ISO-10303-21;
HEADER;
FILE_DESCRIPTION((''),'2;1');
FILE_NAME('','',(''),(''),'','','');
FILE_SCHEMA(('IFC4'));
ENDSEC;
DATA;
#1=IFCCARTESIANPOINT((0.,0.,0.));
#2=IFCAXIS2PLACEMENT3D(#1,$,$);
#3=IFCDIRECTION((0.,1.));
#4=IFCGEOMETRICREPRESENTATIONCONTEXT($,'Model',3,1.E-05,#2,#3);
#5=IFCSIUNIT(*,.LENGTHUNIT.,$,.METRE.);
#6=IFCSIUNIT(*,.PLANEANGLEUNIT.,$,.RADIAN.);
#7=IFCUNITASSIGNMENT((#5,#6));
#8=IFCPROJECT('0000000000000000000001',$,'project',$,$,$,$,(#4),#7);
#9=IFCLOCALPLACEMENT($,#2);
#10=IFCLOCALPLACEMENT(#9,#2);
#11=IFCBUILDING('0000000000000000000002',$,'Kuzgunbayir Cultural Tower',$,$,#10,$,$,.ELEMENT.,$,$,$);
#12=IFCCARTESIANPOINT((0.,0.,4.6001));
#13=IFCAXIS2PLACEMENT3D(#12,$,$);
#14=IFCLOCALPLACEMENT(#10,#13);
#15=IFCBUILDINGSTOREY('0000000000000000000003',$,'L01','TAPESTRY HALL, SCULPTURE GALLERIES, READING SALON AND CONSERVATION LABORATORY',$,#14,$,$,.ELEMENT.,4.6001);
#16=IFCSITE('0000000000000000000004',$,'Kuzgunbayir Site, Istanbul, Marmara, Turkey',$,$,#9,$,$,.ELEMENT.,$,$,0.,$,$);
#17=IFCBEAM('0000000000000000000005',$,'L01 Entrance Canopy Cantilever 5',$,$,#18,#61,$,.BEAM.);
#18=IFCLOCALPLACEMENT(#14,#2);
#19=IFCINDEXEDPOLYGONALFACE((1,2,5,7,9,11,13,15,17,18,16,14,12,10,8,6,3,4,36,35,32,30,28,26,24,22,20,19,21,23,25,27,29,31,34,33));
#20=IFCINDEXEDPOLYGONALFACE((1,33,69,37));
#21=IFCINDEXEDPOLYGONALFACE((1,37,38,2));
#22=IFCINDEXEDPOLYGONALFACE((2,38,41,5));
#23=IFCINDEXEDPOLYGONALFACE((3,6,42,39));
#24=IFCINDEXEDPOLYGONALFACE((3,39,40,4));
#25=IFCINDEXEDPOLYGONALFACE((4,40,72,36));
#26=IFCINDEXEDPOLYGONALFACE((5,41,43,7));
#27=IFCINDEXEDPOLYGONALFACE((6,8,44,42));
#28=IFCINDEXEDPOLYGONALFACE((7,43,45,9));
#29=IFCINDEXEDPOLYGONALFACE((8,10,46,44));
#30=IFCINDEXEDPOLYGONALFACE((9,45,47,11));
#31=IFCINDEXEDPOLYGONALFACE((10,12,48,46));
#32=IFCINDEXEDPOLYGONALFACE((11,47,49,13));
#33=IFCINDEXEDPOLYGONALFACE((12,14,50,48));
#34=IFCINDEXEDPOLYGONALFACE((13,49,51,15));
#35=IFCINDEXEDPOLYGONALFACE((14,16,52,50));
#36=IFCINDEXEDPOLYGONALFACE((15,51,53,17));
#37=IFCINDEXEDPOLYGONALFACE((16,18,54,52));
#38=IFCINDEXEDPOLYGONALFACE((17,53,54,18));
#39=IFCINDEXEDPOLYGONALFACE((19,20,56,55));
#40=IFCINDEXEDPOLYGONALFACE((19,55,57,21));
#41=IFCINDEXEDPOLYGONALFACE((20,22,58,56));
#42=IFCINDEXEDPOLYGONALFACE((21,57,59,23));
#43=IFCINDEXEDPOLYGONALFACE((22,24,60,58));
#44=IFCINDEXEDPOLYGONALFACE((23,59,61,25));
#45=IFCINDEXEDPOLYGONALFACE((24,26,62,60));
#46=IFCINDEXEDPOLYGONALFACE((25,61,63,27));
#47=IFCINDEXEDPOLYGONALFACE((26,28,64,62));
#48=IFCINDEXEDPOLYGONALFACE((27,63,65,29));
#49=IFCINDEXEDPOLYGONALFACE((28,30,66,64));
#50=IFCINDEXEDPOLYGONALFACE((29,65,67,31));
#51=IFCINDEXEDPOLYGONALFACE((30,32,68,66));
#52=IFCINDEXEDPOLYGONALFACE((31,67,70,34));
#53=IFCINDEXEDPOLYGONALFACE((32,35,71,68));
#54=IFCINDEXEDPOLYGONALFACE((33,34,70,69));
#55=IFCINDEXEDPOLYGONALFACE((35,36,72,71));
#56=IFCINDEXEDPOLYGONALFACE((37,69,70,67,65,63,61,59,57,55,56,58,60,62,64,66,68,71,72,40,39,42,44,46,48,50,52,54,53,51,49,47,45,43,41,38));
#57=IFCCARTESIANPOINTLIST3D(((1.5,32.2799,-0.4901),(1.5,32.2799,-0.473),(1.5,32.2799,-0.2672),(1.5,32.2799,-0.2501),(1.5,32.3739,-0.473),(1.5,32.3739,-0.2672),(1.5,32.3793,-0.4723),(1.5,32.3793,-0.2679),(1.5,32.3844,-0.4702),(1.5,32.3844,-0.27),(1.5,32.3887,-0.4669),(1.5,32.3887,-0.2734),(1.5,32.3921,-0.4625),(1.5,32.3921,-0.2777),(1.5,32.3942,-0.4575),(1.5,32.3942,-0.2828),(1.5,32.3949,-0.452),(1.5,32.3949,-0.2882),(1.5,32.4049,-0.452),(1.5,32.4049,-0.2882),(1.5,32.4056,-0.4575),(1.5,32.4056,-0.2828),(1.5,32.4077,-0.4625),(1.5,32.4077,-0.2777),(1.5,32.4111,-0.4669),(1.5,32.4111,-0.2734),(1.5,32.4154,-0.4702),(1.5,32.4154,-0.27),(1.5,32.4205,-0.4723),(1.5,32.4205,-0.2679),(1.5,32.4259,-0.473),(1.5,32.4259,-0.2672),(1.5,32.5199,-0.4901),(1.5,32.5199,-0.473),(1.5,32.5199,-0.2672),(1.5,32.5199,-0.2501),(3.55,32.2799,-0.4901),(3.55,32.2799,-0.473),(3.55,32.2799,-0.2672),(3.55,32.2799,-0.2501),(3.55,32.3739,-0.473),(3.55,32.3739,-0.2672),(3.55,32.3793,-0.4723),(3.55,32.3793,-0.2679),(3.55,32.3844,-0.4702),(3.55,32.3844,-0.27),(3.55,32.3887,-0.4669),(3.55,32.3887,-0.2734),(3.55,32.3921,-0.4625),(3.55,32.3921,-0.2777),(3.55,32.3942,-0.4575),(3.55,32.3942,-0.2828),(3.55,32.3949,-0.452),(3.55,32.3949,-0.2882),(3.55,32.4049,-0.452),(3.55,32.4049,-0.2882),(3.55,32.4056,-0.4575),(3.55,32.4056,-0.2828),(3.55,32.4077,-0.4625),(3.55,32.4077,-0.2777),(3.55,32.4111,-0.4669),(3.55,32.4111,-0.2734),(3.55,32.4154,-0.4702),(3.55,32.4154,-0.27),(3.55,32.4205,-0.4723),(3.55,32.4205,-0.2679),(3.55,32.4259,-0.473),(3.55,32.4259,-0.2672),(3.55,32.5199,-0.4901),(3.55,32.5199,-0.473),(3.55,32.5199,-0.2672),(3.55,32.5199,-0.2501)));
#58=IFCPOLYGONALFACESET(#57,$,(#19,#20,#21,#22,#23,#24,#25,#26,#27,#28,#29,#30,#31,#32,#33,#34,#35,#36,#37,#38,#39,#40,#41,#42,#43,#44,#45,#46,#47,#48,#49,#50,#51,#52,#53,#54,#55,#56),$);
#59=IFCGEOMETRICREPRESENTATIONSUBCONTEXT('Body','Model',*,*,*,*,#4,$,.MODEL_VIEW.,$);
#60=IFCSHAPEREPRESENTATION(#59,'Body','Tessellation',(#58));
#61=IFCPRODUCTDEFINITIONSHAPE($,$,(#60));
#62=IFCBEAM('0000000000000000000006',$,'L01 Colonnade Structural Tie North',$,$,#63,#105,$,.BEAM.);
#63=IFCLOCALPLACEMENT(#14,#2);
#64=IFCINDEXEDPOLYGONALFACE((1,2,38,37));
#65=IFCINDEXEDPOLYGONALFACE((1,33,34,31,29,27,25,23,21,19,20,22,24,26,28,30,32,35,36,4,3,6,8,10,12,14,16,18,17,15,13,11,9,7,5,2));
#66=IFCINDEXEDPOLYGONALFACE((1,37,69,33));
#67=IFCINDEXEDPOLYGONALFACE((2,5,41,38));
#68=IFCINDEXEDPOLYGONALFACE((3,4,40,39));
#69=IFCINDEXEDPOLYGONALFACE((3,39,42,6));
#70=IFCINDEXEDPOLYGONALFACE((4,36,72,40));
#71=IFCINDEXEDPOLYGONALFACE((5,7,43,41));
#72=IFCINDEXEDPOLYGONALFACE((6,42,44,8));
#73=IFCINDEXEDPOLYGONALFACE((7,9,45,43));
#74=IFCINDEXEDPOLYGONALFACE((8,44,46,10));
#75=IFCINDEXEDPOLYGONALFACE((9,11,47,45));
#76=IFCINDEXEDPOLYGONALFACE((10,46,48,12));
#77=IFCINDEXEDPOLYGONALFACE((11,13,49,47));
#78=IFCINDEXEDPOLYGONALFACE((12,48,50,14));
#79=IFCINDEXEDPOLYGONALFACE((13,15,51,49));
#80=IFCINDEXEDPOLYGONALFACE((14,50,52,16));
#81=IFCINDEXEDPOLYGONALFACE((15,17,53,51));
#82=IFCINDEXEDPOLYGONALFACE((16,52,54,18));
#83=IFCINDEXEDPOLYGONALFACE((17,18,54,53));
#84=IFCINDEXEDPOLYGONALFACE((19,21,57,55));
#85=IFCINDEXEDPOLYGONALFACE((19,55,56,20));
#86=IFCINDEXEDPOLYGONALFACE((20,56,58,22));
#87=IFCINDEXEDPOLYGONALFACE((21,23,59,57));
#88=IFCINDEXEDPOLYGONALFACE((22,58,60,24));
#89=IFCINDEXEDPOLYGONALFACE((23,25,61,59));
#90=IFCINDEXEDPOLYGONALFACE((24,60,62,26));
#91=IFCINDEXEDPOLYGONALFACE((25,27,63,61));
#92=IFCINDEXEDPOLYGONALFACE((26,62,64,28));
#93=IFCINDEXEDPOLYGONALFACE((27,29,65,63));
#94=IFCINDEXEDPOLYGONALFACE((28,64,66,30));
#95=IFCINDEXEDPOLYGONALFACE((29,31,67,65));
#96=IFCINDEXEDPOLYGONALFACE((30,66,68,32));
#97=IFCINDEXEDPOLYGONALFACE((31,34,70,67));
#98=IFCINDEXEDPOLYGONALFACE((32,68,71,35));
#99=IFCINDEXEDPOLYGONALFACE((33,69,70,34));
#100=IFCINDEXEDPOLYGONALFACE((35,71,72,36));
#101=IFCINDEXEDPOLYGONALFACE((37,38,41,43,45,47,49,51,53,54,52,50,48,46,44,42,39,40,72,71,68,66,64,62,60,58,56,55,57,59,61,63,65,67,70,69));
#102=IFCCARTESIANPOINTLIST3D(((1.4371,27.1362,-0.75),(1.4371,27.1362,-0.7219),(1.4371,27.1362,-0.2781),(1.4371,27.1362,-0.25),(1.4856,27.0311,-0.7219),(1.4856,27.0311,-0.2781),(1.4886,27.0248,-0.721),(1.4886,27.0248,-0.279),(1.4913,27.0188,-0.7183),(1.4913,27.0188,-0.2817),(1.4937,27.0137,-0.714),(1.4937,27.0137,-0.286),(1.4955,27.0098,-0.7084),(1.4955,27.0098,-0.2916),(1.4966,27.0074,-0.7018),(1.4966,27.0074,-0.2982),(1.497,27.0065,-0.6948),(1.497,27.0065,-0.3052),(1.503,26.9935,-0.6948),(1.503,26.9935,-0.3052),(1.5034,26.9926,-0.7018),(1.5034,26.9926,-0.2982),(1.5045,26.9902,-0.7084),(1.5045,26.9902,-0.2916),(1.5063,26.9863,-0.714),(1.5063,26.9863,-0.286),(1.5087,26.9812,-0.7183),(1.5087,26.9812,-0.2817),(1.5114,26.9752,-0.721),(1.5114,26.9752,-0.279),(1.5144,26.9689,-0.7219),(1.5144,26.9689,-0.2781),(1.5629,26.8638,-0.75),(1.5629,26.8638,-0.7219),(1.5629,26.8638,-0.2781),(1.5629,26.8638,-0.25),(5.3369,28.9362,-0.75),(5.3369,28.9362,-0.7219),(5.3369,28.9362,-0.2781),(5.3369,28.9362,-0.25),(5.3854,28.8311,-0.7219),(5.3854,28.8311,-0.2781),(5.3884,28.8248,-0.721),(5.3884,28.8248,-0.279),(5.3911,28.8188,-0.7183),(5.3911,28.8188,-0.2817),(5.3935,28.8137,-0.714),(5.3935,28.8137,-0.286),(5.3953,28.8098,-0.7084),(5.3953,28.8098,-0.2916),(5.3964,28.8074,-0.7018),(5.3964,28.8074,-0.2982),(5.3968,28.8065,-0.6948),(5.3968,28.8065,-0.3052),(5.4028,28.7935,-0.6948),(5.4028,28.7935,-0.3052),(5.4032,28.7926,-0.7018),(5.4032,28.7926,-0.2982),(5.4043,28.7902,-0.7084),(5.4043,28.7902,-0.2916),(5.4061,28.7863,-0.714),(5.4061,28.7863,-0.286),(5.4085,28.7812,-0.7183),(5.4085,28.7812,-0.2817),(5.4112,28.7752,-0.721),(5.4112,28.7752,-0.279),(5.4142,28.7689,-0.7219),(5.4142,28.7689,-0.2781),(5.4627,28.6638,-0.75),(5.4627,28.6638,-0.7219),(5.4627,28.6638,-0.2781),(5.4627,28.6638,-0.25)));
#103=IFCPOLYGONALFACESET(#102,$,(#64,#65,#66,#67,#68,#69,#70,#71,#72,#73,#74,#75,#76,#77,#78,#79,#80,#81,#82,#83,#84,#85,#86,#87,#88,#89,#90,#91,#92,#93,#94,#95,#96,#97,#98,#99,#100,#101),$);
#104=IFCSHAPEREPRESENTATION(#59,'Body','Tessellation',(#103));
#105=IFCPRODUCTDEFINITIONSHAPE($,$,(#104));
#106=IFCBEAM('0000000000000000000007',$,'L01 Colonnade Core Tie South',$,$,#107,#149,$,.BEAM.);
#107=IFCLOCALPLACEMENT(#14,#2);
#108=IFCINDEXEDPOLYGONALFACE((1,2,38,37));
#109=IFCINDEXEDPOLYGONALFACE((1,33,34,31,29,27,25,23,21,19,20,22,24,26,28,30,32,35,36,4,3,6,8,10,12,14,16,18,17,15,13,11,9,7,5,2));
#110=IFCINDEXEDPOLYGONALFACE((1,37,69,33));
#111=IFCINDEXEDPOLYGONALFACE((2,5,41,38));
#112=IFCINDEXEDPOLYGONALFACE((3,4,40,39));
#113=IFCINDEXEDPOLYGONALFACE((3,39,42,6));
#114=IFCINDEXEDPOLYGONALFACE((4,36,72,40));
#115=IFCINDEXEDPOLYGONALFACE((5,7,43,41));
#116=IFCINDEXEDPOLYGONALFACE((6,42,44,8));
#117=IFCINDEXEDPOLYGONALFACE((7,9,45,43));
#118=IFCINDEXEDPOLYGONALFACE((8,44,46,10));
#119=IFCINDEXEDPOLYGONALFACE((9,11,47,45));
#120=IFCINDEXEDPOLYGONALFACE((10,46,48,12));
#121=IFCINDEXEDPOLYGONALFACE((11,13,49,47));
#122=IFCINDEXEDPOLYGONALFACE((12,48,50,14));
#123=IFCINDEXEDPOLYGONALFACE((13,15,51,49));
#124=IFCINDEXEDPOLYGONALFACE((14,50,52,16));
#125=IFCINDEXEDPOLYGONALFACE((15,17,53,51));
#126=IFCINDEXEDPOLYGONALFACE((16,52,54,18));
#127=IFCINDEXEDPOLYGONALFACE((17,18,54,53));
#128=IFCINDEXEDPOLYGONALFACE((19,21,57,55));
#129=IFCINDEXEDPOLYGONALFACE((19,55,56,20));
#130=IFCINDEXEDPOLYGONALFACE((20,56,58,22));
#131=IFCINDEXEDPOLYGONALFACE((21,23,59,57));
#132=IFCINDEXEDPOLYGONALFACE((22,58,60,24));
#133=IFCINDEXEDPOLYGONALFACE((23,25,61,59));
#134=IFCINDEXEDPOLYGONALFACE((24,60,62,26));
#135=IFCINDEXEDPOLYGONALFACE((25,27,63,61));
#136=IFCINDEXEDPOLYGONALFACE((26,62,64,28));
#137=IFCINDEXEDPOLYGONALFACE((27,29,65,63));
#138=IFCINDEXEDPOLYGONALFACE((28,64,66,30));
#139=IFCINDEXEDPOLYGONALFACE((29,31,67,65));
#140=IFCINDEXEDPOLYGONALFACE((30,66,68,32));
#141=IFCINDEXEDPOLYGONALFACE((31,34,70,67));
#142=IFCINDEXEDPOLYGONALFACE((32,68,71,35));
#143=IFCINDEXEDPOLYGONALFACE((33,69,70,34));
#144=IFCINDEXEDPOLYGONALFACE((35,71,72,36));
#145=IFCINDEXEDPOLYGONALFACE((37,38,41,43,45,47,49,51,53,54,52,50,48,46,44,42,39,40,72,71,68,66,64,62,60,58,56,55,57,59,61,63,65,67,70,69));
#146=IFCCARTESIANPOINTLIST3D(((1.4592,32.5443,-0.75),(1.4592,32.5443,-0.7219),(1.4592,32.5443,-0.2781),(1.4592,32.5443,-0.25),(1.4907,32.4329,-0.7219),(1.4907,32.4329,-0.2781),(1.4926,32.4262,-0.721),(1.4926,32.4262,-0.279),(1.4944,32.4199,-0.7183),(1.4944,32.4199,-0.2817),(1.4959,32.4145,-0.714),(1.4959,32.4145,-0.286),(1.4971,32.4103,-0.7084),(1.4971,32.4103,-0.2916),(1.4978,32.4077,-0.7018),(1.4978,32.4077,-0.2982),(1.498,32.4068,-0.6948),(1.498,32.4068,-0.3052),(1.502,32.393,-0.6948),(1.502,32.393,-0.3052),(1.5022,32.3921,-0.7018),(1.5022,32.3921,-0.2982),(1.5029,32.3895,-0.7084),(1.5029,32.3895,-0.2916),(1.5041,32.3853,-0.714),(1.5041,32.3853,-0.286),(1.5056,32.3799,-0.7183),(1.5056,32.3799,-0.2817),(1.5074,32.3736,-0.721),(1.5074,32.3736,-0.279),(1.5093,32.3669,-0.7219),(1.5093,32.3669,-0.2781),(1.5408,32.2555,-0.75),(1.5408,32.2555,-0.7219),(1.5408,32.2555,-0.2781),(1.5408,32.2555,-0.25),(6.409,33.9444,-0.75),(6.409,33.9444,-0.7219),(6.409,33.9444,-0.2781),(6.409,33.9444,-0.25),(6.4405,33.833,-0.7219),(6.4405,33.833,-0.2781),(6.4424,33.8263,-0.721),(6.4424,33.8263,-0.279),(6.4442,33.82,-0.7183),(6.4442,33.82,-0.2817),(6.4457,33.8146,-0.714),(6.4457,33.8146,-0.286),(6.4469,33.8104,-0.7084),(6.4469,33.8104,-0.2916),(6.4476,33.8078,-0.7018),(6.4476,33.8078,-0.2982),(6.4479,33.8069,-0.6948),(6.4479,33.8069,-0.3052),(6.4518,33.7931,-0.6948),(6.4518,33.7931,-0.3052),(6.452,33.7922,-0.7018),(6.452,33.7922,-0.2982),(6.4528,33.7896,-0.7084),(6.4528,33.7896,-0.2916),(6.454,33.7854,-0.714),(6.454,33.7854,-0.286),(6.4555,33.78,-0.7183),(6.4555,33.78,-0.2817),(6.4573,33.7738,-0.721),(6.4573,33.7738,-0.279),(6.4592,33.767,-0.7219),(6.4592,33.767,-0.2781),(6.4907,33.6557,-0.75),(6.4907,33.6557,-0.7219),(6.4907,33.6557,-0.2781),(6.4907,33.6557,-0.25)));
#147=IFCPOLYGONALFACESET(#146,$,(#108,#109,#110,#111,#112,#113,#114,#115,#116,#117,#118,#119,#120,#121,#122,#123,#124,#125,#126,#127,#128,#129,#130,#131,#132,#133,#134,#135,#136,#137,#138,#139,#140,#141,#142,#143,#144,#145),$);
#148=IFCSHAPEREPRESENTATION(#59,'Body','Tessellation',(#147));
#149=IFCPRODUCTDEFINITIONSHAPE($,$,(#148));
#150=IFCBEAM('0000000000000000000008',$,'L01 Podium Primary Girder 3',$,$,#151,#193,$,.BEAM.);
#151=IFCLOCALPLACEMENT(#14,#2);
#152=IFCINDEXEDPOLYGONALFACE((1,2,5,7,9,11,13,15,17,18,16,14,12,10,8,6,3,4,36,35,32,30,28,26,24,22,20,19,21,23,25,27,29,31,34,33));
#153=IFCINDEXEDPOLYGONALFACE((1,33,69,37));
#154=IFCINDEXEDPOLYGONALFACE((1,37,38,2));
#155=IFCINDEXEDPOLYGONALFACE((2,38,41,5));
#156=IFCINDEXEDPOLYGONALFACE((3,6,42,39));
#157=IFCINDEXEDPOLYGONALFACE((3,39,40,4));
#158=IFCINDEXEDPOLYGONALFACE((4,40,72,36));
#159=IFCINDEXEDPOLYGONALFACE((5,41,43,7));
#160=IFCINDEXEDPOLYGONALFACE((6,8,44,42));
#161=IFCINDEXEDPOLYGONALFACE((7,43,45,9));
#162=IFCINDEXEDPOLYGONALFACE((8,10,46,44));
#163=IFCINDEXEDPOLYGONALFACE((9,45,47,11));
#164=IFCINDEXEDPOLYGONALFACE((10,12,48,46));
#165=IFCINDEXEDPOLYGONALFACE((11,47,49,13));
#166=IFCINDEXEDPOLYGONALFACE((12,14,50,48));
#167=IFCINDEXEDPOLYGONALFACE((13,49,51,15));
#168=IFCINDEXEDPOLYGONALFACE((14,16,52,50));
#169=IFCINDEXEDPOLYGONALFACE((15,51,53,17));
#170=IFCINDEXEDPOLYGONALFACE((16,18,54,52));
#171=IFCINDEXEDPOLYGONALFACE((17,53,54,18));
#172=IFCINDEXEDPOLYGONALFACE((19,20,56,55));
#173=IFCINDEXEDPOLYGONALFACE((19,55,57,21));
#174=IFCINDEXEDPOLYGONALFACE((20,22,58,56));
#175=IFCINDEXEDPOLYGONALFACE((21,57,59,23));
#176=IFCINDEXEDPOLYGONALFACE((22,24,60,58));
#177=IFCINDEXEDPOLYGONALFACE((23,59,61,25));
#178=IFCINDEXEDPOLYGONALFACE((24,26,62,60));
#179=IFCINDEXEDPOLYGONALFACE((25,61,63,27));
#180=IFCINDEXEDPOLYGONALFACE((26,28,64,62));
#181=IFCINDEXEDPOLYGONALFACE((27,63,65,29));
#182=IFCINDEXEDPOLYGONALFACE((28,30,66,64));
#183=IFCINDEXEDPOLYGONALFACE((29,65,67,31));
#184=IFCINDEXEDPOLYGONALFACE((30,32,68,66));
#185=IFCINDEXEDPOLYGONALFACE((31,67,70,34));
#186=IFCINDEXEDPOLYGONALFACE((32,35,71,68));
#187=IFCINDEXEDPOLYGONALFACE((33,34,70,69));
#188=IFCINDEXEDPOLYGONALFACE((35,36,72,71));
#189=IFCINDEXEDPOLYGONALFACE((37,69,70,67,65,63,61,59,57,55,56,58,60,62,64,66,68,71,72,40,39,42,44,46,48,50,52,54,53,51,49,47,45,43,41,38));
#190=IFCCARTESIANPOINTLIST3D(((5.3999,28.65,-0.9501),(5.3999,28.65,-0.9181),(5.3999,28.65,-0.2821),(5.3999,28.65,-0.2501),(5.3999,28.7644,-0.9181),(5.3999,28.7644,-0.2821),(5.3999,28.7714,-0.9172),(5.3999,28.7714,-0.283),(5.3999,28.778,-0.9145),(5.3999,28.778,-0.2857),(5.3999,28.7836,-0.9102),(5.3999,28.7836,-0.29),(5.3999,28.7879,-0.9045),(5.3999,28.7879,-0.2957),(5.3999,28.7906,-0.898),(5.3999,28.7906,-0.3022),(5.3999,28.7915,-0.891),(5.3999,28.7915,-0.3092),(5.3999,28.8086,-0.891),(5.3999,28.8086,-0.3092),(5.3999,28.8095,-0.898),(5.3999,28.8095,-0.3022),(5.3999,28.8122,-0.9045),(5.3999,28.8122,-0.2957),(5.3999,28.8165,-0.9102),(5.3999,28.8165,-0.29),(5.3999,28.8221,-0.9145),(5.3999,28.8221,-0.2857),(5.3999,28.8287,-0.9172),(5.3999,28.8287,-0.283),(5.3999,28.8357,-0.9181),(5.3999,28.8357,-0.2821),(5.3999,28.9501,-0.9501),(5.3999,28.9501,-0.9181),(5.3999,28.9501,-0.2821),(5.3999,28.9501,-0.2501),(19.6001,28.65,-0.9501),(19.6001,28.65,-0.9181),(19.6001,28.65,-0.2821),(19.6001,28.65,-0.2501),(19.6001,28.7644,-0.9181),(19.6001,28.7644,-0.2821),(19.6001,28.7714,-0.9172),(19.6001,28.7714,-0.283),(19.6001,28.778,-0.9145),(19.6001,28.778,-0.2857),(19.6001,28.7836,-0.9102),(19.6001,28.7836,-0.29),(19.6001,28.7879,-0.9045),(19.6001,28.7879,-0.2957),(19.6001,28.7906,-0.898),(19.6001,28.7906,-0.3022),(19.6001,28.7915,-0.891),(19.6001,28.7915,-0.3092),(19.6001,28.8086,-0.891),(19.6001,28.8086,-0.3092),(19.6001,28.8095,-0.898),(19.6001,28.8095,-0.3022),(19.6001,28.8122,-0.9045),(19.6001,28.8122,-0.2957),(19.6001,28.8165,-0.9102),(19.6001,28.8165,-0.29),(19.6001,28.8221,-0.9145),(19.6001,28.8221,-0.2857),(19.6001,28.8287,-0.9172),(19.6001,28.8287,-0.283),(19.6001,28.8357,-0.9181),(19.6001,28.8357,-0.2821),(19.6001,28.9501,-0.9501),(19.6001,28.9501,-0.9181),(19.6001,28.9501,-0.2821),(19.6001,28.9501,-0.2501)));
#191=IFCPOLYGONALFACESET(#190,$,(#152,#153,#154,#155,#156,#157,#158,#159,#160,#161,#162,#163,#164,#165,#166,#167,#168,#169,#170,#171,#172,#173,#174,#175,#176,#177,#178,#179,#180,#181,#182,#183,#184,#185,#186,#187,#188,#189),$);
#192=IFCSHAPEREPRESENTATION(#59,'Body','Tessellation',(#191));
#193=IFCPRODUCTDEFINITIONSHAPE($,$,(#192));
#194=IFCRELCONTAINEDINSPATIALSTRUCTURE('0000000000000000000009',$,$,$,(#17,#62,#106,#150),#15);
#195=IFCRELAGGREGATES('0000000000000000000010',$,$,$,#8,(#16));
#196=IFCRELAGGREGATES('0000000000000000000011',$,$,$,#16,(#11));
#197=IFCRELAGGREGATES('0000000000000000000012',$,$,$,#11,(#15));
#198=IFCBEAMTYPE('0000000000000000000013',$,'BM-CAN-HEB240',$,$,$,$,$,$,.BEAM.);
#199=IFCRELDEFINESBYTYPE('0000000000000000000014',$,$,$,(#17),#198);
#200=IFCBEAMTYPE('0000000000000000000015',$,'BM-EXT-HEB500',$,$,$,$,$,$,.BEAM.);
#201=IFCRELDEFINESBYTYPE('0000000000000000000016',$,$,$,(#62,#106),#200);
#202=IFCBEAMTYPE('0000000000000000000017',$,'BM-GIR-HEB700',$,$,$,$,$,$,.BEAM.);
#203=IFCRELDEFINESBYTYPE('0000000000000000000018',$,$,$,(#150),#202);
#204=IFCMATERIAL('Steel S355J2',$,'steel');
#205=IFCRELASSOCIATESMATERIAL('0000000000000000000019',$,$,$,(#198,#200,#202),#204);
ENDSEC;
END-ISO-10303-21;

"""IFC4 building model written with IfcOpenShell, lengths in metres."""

from ifc_helpers import new_model, si_unit, direction, frame, origin, origin_2d, place, context, subcontext, project, spatial, i_section, extrude, material, material_profile, profile_set, type_object, element, save


model = new_model("IFC4")

# Units and contexts
model_context = context("Model", 3, precision=1e-05, world=origin(), true_north=direction((0.0, 1.0)))
body_context = subcontext(model_context, "Body", "Model", "MODEL_VIEW")
ifc_project = project(units=[si_unit("LENGTHUNIT", "METRE"), si_unit("PLANEANGLEUNIT", "RADIAN")], contexts=[model_context])

# Site, building, storey
site_placement = place(None, origin())
site = spatial("IfcSite", under=ifc_project, at=site_placement, Name="Kuzgunbayir Site, Istanbul, Marmara, Turkey", CompositionType="ELEMENT", RefElevation=0.0)
building_placement = place(site_placement, origin())
building = spatial("IfcBuilding", under=site, at=building_placement, Name="Kuzgunbayir Cultural Tower", CompositionType="ELEMENT")
storey_placement = place(building_placement, frame((0.0, 0.0, 4.6001)))
storey = spatial("IfcBuildingStorey", under=building, at=storey_placement, Name="L01", Description="TAPESTRY HALL, SCULPTURE GALLERIES, READING SALON AND CONSERVATION LABORATORY", CompositionType="ELEMENT", Elevation=4.6001)

# Beams
ifc_material_1 = material(Name="Steel S355J2", Category="steel")
ifc_material_profile_1 = material_profile(ifc_material_1, i_section(OverallWidth=0.24, OverallDepth=0.24, WebThickness=0.01, FlangeThickness=0.0171, FilletRadius=0.021, at=origin_2d()), Name="HEB 240")
ifc_profile_set_1 = profile_set([ifc_material_profile_1], Name="Steel S355J2")
beam_type_1 = type_object("IfcBeamType", Name="BM-CAN-HEB240", PredefinedType="BEAM", material=ifc_profile_set_1)
for number, where, z_axis, x_axis, name in (
    (1, (1.5, 32.3999, -0.3701), (1.0, 0.0, 0.0), (0.0, 1.0, 0.0), "L01 Entrance Canopy Cantilever 5"),
):
    element("IfcBeam", number, at=place(storey_placement, frame(where, z_axis=z_axis, x_axis=x_axis)), inside=storey, type_object=beam_type_1, Name=name, PredefinedType="BEAM", context=body_context, shape_type="SweptSolid", body=[
        extrude(i_section(OverallWidth=0.24, OverallDepth=0.24, WebThickness=0.01, FlangeThickness=0.0171, FilletRadius=0.021, at=origin_2d()), origin(), (0.0, 0.0, 1.0), 2.05),
    ])
ifc_material_profile_2 = material_profile(ifc_material_1, i_section(OverallWidth=0.3, OverallDepth=0.5, WebThickness=0.0144, FlangeThickness=0.0281, FilletRadius=0.0271, at=origin_2d()), Name="HEB 500")
ifc_profile_set_2 = profile_set([ifc_material_profile_2], Name="Steel S355J2")
beam_type_2 = type_object("IfcBeamType", Name="BM-EXT-HEB500", PredefinedType="BEAM", material=ifc_profile_set_2)
beam_1_placement = place(storey_placement, frame((1.5, 27.0, -0.5), z_axis=(0.907951, 0.419076, 0.0), x_axis=(-0.419076, 0.907951, 0.0)))
element("IfcBeam", 2, at=beam_1_placement, inside=storey, type_object=beam_type_2, Name="L01 Colonnade Structural Tie North", PredefinedType="BEAM", context=body_context, shape_type="SweptSolid", body=[
    extrude(i_section(OverallWidth=0.3, OverallDepth=0.5, WebThickness=0.0144, FlangeThickness=0.0281, FilletRadius=0.0271, at=origin_2d()), origin(), (0.0, 0.0, 1.0), 4.2952),
])
beam_2_placement = place(storey_placement, frame((1.5, 32.3999, -0.5), z_axis=(0.962246, 0.272182, 0.0), x_axis=(-0.272182, 0.962246, 0.0)))
element("IfcBeam", 3, at=beam_2_placement, inside=storey, type_object=beam_type_2, Name="L01 Colonnade Core Tie South", PredefinedType="BEAM", context=body_context, shape_type="SweptSolid", body=[
    extrude(i_section(OverallWidth=0.3, OverallDepth=0.5, WebThickness=0.0144, FlangeThickness=0.0281, FilletRadius=0.0271, at=origin_2d()), origin(), (0.0, 0.0, 1.0), 5.144),
])
ifc_material_profile_3 = material_profile(ifc_material_1, i_section(OverallWidth=0.3, OverallDepth=0.7, WebThickness=0.0171, FlangeThickness=0.032, FilletRadius=0.0271, at=origin_2d()), Name="HEB 700")
ifc_profile_set_3 = profile_set([ifc_material_profile_3], Name="Steel S355J2")
beam_type_3 = type_object("IfcBeamType", Name="BM-GIR-HEB700", PredefinedType="BEAM", material=ifc_profile_set_3)
beam_3_placement = place(storey_placement, frame((5.3999, 28.8, -0.6001), z_axis=(1.0, 0.0, 0.0), x_axis=(0.0, 1.0, 0.0)))
element("IfcBeam", 4, at=beam_3_placement, inside=storey, type_object=beam_type_3, Name="L01 Podium Primary Girder 3", PredefinedType="BEAM", context=body_context, shape_type="SweptSolid", body=[
    extrude(i_section(OverallWidth=0.3, OverallDepth=0.7, WebThickness=0.0171, FlangeThickness=0.032, FilletRadius=0.0271, at=origin_2d()), origin(), (0.0, 0.0, 1.0), 14.2002),
])

save(model, "model.ifc")
